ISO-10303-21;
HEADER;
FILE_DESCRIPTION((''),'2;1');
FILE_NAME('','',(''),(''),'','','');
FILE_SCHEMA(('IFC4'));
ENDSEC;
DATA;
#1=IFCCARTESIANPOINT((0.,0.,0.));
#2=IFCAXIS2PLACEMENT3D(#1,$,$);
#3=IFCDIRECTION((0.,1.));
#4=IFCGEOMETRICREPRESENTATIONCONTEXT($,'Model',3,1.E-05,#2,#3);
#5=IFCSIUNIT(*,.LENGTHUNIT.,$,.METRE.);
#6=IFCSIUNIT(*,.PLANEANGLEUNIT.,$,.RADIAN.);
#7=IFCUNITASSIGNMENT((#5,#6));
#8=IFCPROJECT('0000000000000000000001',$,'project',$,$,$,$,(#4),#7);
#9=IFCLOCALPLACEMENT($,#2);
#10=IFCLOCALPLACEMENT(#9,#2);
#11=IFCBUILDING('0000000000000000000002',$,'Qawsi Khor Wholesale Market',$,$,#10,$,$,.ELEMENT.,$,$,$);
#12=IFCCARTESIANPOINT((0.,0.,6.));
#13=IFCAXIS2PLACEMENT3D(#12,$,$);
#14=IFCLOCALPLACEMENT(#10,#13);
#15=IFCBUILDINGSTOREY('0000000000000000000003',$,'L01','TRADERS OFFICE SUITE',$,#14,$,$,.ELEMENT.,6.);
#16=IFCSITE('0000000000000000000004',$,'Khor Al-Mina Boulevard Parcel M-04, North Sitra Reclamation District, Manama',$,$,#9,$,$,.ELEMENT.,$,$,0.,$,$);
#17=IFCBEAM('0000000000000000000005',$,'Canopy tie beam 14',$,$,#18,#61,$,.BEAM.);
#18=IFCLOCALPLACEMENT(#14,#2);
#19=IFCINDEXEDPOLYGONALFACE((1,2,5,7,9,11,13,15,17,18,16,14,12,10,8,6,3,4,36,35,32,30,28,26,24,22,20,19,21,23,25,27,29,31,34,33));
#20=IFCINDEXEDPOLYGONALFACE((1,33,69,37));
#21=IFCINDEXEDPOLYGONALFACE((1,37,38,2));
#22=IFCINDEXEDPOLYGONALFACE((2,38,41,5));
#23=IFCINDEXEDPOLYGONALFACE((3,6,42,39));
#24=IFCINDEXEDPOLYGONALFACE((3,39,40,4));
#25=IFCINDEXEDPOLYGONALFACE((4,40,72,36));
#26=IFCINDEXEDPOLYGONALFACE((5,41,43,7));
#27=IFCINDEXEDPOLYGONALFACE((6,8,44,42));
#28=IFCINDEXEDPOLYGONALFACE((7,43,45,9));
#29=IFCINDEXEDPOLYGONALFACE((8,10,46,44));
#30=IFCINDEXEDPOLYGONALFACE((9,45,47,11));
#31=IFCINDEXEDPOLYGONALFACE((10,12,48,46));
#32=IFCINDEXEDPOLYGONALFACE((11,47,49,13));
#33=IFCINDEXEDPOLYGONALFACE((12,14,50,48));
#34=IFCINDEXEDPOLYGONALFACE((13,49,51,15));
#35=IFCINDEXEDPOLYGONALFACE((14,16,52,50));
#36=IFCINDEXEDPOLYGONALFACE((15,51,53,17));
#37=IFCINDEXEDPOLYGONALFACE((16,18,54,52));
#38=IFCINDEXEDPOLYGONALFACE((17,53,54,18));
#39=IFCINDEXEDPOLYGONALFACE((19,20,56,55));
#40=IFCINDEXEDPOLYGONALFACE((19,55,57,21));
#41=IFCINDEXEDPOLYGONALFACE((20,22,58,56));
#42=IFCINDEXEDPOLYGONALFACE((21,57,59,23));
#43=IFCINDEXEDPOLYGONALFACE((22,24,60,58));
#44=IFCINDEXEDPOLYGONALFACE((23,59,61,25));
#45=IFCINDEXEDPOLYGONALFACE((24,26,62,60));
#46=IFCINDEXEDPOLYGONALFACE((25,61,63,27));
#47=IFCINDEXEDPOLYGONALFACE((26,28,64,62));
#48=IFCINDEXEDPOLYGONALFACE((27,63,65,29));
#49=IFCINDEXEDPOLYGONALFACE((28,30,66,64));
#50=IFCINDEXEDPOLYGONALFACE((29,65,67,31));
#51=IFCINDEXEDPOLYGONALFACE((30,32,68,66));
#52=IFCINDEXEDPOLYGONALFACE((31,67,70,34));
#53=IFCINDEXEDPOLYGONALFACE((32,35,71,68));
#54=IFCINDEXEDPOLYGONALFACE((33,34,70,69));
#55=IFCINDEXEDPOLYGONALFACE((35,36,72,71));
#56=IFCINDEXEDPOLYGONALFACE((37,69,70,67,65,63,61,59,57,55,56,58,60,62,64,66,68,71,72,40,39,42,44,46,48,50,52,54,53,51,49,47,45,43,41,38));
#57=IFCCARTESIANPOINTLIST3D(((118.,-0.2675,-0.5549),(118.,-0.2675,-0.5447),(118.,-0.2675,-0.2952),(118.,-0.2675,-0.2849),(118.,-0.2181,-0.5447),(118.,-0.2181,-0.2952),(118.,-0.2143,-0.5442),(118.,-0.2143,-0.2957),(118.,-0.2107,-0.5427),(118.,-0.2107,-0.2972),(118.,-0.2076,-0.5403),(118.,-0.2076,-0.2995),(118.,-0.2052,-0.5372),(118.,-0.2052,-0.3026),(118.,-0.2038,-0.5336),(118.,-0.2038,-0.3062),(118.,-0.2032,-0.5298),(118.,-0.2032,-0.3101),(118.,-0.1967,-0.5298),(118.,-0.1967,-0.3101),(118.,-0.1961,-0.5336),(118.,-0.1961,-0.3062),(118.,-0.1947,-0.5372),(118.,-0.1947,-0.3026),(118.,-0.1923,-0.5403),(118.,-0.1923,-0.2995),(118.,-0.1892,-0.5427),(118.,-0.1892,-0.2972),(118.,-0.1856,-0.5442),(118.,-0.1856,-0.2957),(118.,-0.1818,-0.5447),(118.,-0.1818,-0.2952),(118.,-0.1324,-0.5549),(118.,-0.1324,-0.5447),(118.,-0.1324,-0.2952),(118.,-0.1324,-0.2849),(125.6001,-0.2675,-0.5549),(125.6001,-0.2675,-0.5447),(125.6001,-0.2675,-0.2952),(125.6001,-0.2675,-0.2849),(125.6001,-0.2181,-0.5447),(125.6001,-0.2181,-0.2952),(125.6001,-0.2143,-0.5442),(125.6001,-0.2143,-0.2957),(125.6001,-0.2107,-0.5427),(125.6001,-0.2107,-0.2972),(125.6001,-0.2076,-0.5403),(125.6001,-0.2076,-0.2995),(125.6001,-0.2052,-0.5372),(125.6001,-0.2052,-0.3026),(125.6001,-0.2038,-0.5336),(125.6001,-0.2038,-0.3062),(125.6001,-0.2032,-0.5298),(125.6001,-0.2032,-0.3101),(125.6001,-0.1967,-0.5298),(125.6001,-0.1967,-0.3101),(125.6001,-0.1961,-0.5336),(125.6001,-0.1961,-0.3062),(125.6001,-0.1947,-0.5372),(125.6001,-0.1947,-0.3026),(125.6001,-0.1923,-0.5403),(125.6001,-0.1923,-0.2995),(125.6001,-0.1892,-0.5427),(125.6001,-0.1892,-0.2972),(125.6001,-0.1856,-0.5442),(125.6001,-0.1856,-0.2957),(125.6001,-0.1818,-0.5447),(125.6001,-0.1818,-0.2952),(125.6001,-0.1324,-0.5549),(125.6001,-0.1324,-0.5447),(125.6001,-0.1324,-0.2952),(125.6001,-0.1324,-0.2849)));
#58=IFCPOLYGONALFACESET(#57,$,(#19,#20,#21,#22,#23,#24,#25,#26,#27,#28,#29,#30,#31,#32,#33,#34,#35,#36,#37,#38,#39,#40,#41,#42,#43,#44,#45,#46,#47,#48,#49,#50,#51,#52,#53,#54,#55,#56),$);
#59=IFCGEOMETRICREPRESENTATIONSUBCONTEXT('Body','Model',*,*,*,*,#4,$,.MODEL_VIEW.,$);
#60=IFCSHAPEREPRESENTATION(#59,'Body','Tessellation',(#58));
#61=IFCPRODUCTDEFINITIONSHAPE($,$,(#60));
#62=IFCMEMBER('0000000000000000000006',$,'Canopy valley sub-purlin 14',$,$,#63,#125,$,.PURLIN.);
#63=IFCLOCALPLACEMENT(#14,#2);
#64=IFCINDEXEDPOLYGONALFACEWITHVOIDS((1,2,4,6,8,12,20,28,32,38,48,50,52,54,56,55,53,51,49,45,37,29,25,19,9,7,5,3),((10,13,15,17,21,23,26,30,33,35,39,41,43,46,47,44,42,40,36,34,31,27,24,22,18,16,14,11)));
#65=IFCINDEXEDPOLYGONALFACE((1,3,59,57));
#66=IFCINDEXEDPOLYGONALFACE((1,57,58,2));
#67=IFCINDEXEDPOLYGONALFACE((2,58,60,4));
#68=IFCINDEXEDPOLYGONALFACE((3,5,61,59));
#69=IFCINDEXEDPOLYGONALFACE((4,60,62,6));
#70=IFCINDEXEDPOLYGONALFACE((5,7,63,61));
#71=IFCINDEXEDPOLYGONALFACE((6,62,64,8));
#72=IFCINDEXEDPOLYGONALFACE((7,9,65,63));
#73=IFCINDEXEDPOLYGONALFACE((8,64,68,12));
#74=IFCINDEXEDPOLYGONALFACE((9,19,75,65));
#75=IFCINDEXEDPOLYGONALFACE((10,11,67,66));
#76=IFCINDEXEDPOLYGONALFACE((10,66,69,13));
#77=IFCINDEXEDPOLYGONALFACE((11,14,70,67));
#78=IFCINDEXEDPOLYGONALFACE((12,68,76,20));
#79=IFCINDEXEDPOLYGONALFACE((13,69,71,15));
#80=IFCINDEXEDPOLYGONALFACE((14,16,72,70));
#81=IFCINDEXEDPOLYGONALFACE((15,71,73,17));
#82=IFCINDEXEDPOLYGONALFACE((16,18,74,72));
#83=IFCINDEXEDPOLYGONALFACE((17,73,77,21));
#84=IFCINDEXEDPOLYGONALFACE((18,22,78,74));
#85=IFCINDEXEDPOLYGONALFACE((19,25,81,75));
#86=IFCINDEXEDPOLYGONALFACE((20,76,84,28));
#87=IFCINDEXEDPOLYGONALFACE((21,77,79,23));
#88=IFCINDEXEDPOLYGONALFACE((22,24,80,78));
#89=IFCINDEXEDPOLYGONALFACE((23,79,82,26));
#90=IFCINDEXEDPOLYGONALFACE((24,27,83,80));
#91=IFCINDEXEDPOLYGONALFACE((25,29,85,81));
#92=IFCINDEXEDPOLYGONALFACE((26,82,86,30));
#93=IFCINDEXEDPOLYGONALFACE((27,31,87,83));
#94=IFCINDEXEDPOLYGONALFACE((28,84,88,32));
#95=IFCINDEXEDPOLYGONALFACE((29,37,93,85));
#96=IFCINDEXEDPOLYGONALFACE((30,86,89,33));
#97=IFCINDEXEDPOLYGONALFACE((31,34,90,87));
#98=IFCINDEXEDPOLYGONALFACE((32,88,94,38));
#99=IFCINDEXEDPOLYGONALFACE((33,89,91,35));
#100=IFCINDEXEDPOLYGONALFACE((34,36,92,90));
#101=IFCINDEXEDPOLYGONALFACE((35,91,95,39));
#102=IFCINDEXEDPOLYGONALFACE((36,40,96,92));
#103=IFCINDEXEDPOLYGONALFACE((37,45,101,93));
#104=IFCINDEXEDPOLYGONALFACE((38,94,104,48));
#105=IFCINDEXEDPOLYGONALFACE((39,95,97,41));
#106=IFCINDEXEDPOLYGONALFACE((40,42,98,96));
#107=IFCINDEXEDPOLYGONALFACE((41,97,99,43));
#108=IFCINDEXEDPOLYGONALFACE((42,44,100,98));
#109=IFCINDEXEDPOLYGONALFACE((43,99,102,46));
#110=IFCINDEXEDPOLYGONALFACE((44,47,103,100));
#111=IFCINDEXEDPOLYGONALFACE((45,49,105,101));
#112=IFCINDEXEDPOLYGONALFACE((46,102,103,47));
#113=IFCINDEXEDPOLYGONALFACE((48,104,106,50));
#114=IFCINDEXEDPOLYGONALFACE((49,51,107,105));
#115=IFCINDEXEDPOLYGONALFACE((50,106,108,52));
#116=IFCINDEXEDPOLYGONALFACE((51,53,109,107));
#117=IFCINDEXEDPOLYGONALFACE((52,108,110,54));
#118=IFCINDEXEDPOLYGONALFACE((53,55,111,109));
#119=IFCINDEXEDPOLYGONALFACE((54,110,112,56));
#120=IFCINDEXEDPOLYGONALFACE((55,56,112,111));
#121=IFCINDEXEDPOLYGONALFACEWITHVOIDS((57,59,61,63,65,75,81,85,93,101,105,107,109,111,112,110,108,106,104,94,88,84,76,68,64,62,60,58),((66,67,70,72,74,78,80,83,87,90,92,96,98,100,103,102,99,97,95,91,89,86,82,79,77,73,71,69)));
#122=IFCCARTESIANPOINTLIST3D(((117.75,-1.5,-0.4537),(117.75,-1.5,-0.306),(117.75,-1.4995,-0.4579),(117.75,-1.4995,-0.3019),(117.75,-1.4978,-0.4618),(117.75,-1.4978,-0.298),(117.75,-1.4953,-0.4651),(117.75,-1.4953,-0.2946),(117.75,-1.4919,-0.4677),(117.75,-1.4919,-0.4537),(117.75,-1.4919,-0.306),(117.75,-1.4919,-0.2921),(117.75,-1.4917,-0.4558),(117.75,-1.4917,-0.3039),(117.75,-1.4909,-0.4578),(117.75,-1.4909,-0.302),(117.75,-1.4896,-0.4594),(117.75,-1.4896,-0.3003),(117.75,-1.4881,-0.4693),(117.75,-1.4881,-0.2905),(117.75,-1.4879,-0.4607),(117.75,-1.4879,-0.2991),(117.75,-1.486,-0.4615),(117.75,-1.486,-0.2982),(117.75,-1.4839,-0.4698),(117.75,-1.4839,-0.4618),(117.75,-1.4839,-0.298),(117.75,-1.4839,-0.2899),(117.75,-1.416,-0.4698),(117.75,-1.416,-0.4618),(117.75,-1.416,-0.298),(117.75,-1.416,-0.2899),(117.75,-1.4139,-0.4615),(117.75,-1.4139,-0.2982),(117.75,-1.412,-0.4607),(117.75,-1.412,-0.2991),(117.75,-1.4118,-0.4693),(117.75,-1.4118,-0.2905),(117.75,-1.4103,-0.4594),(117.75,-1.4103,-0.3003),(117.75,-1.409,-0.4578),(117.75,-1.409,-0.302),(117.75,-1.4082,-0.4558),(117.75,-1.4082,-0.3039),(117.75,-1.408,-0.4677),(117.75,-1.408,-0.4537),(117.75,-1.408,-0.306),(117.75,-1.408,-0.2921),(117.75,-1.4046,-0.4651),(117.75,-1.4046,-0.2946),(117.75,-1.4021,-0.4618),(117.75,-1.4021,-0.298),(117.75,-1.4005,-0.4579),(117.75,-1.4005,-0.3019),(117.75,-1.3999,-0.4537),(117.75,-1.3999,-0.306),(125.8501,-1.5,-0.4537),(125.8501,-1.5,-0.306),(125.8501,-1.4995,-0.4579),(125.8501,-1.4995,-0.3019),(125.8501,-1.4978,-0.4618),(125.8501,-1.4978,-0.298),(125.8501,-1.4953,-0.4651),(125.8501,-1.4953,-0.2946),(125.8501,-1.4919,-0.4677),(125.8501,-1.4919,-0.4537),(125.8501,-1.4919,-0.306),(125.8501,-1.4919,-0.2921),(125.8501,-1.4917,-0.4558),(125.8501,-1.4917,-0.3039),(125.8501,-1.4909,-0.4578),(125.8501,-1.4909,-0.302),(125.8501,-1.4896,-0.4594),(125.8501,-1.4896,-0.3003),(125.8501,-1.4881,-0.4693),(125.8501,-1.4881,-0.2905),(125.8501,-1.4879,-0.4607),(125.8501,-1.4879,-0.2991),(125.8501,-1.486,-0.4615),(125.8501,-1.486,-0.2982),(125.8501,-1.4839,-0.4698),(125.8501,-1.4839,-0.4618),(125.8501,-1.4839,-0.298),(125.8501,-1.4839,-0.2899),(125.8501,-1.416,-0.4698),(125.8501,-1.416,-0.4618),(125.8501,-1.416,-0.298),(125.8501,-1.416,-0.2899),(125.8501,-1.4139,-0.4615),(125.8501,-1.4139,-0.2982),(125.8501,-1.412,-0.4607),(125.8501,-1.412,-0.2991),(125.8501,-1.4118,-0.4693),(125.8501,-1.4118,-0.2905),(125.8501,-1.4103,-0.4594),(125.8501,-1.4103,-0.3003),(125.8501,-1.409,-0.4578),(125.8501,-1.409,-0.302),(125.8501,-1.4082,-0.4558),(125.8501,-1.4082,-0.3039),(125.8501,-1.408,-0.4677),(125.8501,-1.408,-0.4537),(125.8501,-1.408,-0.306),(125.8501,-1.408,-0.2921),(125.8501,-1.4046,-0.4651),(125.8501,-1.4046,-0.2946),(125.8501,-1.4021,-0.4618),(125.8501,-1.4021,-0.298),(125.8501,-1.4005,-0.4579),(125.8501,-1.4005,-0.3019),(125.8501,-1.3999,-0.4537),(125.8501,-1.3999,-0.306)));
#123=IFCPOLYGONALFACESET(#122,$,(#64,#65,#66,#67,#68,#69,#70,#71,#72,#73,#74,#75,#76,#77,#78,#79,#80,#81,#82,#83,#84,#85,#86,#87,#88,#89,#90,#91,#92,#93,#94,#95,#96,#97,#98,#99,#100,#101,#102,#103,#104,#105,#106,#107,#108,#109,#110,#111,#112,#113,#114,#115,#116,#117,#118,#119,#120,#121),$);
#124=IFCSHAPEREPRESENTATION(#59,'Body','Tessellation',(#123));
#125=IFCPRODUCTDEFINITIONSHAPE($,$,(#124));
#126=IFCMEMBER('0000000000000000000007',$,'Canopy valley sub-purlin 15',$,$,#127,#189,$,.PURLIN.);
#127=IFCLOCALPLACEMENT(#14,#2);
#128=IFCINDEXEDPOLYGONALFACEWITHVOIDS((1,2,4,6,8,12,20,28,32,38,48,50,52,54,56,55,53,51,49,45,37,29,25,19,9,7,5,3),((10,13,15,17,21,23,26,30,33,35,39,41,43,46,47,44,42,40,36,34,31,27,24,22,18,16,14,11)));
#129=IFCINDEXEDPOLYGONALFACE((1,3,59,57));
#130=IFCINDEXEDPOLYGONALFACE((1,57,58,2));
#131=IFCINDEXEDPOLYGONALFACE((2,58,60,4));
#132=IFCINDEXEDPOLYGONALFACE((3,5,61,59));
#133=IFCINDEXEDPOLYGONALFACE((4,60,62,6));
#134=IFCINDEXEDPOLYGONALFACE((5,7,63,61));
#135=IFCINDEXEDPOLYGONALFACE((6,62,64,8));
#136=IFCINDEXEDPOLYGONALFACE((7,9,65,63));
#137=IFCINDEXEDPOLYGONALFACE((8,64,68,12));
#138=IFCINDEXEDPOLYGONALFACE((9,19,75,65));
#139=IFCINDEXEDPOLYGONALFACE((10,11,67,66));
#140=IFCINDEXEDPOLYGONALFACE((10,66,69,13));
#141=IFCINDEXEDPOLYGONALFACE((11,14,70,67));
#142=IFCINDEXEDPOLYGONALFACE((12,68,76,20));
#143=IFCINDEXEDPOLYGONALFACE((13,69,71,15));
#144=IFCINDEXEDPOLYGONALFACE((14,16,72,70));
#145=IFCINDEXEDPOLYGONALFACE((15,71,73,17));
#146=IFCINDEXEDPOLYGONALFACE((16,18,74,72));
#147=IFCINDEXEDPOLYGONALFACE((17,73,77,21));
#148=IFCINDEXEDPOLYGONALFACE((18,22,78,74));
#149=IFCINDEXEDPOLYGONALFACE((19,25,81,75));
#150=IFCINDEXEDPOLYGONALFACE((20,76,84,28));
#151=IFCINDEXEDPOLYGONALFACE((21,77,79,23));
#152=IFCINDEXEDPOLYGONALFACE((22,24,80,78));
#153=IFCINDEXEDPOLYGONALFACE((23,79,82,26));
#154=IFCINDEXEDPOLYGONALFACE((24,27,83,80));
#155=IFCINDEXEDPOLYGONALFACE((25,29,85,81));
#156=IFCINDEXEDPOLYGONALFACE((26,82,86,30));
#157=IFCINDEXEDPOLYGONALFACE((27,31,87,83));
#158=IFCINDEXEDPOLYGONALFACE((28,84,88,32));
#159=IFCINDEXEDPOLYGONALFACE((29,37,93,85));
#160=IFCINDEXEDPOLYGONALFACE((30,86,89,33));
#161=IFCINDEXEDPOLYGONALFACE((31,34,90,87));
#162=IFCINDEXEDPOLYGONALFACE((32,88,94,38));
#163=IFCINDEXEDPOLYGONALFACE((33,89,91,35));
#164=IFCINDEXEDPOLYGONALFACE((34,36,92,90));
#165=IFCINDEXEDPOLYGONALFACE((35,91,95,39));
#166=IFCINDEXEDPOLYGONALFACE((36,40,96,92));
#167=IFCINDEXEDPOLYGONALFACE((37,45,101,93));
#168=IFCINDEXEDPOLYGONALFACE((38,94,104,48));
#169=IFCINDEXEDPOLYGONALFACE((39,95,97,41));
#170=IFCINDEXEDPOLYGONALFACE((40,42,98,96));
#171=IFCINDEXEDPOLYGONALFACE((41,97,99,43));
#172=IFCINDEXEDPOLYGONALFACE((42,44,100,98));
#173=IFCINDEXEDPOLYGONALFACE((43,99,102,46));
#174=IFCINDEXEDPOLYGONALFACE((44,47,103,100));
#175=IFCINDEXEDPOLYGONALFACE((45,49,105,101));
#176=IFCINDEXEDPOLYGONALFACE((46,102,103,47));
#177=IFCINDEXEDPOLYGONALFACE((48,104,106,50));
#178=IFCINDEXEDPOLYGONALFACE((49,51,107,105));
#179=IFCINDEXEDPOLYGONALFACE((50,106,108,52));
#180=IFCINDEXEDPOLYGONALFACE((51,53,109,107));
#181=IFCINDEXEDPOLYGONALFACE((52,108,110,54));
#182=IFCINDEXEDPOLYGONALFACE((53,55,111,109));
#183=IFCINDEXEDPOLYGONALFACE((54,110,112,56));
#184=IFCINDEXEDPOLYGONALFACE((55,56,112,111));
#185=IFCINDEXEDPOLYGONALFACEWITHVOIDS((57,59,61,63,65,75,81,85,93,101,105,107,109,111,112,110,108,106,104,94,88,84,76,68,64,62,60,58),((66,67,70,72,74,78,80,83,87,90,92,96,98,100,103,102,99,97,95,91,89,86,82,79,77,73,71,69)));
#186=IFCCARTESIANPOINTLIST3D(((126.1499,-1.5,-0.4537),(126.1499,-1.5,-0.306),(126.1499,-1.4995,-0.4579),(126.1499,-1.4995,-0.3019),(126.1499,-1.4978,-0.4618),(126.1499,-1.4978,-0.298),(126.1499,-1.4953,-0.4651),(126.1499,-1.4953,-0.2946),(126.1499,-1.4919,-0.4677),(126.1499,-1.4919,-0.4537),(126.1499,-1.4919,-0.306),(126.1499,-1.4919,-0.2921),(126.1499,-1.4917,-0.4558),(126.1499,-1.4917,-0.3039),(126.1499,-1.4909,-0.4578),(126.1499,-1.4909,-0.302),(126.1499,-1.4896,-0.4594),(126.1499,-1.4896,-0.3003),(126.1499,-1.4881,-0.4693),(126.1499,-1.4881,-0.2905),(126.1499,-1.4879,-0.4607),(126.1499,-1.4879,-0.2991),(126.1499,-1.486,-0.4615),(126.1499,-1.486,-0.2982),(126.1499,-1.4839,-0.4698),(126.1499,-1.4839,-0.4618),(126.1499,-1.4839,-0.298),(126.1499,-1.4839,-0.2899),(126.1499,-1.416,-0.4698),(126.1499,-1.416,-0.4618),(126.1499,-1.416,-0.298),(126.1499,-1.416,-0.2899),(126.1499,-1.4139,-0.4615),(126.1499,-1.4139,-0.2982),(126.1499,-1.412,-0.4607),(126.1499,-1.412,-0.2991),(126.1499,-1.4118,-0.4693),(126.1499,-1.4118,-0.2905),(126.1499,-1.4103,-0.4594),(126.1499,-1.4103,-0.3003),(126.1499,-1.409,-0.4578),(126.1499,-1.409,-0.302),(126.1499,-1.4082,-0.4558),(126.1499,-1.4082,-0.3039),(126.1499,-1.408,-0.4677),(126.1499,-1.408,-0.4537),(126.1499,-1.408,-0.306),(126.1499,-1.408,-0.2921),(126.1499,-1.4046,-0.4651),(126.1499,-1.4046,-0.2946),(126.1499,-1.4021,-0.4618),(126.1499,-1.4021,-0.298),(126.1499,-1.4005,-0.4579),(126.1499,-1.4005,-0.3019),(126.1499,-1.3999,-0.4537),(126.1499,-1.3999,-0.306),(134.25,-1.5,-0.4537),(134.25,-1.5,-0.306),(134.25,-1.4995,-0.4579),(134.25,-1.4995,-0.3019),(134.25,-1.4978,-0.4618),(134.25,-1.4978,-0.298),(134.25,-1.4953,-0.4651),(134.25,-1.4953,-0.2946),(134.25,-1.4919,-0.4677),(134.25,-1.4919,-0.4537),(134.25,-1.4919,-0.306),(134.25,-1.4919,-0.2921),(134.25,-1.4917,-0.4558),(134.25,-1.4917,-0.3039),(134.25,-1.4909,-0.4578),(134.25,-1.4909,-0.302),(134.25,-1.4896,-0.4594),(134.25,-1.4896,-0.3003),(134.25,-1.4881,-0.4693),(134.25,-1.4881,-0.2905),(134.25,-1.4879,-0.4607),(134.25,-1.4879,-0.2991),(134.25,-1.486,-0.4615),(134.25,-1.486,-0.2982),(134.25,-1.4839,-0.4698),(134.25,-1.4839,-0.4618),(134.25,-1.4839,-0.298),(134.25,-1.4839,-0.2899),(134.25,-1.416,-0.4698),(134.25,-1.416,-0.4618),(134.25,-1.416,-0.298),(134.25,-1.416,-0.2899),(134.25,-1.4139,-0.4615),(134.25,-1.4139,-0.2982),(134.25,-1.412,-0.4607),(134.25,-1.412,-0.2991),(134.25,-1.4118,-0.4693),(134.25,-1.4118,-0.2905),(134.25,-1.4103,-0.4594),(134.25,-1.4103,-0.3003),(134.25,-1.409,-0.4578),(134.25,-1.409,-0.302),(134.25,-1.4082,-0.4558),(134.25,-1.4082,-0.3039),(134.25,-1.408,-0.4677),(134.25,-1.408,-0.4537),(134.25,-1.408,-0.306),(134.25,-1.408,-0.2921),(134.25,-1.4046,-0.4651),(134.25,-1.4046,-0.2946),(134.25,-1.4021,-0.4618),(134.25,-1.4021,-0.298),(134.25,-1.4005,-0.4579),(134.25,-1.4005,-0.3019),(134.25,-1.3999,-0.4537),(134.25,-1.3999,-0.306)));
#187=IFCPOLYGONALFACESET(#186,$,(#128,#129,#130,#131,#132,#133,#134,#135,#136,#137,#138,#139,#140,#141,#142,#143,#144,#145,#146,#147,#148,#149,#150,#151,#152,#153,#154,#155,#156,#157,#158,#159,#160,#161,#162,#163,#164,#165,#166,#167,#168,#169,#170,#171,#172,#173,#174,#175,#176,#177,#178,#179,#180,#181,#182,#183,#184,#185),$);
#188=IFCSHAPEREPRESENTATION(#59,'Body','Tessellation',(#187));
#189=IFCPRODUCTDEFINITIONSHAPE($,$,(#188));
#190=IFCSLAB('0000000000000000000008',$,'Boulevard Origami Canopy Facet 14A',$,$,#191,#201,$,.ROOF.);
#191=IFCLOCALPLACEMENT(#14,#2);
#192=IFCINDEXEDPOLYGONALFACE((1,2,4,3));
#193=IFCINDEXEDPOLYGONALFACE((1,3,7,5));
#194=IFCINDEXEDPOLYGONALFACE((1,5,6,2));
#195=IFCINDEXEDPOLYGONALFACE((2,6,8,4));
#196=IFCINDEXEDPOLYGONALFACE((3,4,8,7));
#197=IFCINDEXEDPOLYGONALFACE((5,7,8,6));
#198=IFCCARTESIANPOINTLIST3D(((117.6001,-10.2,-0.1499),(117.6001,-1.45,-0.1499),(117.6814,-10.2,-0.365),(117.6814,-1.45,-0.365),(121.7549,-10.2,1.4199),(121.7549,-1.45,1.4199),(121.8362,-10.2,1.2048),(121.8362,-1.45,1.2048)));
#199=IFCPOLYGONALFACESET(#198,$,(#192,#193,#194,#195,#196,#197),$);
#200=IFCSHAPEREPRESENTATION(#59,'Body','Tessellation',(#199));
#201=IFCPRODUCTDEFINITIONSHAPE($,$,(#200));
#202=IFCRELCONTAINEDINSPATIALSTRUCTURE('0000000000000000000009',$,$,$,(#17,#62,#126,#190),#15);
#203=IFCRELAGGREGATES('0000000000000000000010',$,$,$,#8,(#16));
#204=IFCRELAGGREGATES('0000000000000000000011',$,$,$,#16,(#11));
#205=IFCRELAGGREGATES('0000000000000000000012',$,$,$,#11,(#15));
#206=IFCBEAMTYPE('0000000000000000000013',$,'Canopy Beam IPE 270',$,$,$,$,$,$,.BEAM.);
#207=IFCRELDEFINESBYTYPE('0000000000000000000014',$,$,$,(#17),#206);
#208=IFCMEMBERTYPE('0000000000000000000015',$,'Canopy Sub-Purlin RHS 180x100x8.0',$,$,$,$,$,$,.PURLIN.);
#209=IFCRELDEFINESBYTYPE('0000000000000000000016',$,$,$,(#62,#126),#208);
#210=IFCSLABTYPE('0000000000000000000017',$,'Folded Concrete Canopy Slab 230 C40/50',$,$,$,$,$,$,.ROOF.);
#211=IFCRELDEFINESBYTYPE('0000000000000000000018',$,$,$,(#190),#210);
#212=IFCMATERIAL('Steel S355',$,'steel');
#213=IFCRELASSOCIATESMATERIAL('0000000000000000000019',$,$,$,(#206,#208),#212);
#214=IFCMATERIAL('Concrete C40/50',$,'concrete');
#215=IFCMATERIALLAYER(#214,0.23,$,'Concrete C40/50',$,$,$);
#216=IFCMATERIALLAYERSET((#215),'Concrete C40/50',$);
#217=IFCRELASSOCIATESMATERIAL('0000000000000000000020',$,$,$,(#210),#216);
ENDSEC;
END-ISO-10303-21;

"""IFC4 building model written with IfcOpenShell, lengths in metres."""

from ifc_helpers import new_model, si_unit, direction, frame, origin, origin_2d, place, context, subcontext, project, spatial, polyline, hollow_rectangle, i_section, outline, extrude, material, layer, layer_set, material_profile, profile_set, type_object, element, save


model = new_model("IFC4")

# Units and contexts
model_context = context("Model", 3, precision=1e-05, world=origin(), true_north=direction((0.0, 1.0)))
body_context = subcontext(model_context, "Body", "Model", "MODEL_VIEW")
ifc_project = project(units=[si_unit("LENGTHUNIT", "METRE"), si_unit("PLANEANGLEUNIT", "RADIAN")], contexts=[model_context])

# Site, building, storey
site_placement = place(None, origin())
site = spatial("IfcSite", under=ifc_project, at=site_placement, Name="Khor Al-Mina Boulevard Parcel M-04, North Sitra Reclamation District, Manama", CompositionType="ELEMENT", RefElevation=0.0)
building_placement = place(site_placement, origin())
building = spatial("IfcBuilding", under=site, at=building_placement, Name="Qawsi Khor Wholesale Market", CompositionType="ELEMENT")
storey_placement = place(building_placement, frame((0.0, 0.0, 6.0)))
storey = spatial("IfcBuildingStorey", under=building, at=storey_placement, Name="L01", Description="TRADERS OFFICE SUITE", CompositionType="ELEMENT", Elevation=6.0)

# Beam
ifc_material_1 = material(Name="Steel S355", Category="steel")
ifc_material_profile_1 = material_profile(ifc_material_1, i_section(OverallWidth=0.135, OverallDepth=0.27, WebThickness=0.0066, FlangeThickness=0.0103, FilletRadius=0.0149, at=origin_2d()), Name="IPE 270")
ifc_profile_set_1 = profile_set([ifc_material_profile_1], Name="Steel S355")
beam_type = type_object("IfcBeamType", Name="Canopy Beam IPE 270", PredefinedType="BEAM", material=ifc_profile_set_1)
beam_placement = place(storey_placement, frame((118.0, -0.2, -0.4199), z_axis=(1.0, 0.0, 0.0), x_axis=(0.0, 1.0, 0.0)))
element("IfcBeam", 1, at=beam_placement, inside=storey, type_object=beam_type, Name="Canopy tie beam 14", PredefinedType="BEAM", context=body_context, shape_type="SweptSolid", body=[
    extrude(i_section(OverallWidth=0.135, OverallDepth=0.27, WebThickness=0.0066, FlangeThickness=0.0103, FilletRadius=0.0149, at=origin_2d()), origin(), (0.0, 0.0, 1.0), 7.6001),
])

# Members
ifc_material_profile_2 = material_profile(ifc_material_1, hollow_rectangle(XDim=0.1001, YDim=0.1799, WallThickness=0.0081, InnerFilletRadius=0.0081, OuterFilletRadius=0.0161, at=origin_2d()), Name="RHS 180x100x8.0")
ifc_profile_set_2 = profile_set([ifc_material_profile_2], Name="Steel S355")
member_type = type_object("IfcMemberType", Name="Canopy Sub-Purlin RHS 180x100x8.0", PredefinedType="PURLIN", material=ifc_profile_set_2)
for number, where, z_axis, x_axis, name in (
    (2, (117.75, -1.45, -0.3799), (1.0, 0.0, 0.0), (0.0, 1.0, 0.0), "Canopy valley sub-purlin 14"),
    (3, (126.1499, -1.45, -0.3799), (1.0, 0.0, 0.0), (0.0, 1.0, 0.0), "Canopy valley sub-purlin 15"),
):
    element("IfcMember", number, at=place(storey_placement, frame(where, z_axis=z_axis, x_axis=x_axis)), inside=storey, type_object=member_type, Name=name, PredefinedType="PURLIN", context=body_context, shape_type="SweptSolid", body=[
        extrude(hollow_rectangle(XDim=0.1001, YDim=0.1799, WallThickness=0.0081, InnerFilletRadius=0.0081, OuterFilletRadius=0.0161, at=origin_2d()), origin(), (0.0, 0.0, 1.0), 8.1001),
    ])

# Slab
ifc_material_2 = material(Name="Concrete C40/50", Category="concrete")
ifc_layer_1 = layer(ifc_material_2, 0.23, Name="Concrete C40/50")
ifc_layer_set_1 = layer_set([ifc_layer_1], Name="Concrete C40/50")
slab_type = type_object("IfcSlabType", Name="Folded Concrete Canopy Slab 230 C40/50", PredefinedType="ROOF", material=ifc_layer_set_1)
slab_placement = place(storey_placement, frame((117.6001, -10.2, -0.1499), z_axis=(-0.353448, 0.0, 0.935454), x_axis=(0.935454, 0.0, 0.353448)))
element("IfcSlab", 4, at=slab_placement, inside=storey, type_object=slab_type, Name="Boulevard Origami Canopy Facet 14A", PredefinedType="ROOF", context=body_context, shape_type="SweptSolid", body=[
    extrude(outline(polyline([(0.0, 0.0), (4.4415, 0.0), (4.4415, 8.75), (0.0, 8.75), (0.0, 0.0)])), origin(), (0.0, 0.0, -1.0), 0.23),
])

save(model, "model.ifc")
